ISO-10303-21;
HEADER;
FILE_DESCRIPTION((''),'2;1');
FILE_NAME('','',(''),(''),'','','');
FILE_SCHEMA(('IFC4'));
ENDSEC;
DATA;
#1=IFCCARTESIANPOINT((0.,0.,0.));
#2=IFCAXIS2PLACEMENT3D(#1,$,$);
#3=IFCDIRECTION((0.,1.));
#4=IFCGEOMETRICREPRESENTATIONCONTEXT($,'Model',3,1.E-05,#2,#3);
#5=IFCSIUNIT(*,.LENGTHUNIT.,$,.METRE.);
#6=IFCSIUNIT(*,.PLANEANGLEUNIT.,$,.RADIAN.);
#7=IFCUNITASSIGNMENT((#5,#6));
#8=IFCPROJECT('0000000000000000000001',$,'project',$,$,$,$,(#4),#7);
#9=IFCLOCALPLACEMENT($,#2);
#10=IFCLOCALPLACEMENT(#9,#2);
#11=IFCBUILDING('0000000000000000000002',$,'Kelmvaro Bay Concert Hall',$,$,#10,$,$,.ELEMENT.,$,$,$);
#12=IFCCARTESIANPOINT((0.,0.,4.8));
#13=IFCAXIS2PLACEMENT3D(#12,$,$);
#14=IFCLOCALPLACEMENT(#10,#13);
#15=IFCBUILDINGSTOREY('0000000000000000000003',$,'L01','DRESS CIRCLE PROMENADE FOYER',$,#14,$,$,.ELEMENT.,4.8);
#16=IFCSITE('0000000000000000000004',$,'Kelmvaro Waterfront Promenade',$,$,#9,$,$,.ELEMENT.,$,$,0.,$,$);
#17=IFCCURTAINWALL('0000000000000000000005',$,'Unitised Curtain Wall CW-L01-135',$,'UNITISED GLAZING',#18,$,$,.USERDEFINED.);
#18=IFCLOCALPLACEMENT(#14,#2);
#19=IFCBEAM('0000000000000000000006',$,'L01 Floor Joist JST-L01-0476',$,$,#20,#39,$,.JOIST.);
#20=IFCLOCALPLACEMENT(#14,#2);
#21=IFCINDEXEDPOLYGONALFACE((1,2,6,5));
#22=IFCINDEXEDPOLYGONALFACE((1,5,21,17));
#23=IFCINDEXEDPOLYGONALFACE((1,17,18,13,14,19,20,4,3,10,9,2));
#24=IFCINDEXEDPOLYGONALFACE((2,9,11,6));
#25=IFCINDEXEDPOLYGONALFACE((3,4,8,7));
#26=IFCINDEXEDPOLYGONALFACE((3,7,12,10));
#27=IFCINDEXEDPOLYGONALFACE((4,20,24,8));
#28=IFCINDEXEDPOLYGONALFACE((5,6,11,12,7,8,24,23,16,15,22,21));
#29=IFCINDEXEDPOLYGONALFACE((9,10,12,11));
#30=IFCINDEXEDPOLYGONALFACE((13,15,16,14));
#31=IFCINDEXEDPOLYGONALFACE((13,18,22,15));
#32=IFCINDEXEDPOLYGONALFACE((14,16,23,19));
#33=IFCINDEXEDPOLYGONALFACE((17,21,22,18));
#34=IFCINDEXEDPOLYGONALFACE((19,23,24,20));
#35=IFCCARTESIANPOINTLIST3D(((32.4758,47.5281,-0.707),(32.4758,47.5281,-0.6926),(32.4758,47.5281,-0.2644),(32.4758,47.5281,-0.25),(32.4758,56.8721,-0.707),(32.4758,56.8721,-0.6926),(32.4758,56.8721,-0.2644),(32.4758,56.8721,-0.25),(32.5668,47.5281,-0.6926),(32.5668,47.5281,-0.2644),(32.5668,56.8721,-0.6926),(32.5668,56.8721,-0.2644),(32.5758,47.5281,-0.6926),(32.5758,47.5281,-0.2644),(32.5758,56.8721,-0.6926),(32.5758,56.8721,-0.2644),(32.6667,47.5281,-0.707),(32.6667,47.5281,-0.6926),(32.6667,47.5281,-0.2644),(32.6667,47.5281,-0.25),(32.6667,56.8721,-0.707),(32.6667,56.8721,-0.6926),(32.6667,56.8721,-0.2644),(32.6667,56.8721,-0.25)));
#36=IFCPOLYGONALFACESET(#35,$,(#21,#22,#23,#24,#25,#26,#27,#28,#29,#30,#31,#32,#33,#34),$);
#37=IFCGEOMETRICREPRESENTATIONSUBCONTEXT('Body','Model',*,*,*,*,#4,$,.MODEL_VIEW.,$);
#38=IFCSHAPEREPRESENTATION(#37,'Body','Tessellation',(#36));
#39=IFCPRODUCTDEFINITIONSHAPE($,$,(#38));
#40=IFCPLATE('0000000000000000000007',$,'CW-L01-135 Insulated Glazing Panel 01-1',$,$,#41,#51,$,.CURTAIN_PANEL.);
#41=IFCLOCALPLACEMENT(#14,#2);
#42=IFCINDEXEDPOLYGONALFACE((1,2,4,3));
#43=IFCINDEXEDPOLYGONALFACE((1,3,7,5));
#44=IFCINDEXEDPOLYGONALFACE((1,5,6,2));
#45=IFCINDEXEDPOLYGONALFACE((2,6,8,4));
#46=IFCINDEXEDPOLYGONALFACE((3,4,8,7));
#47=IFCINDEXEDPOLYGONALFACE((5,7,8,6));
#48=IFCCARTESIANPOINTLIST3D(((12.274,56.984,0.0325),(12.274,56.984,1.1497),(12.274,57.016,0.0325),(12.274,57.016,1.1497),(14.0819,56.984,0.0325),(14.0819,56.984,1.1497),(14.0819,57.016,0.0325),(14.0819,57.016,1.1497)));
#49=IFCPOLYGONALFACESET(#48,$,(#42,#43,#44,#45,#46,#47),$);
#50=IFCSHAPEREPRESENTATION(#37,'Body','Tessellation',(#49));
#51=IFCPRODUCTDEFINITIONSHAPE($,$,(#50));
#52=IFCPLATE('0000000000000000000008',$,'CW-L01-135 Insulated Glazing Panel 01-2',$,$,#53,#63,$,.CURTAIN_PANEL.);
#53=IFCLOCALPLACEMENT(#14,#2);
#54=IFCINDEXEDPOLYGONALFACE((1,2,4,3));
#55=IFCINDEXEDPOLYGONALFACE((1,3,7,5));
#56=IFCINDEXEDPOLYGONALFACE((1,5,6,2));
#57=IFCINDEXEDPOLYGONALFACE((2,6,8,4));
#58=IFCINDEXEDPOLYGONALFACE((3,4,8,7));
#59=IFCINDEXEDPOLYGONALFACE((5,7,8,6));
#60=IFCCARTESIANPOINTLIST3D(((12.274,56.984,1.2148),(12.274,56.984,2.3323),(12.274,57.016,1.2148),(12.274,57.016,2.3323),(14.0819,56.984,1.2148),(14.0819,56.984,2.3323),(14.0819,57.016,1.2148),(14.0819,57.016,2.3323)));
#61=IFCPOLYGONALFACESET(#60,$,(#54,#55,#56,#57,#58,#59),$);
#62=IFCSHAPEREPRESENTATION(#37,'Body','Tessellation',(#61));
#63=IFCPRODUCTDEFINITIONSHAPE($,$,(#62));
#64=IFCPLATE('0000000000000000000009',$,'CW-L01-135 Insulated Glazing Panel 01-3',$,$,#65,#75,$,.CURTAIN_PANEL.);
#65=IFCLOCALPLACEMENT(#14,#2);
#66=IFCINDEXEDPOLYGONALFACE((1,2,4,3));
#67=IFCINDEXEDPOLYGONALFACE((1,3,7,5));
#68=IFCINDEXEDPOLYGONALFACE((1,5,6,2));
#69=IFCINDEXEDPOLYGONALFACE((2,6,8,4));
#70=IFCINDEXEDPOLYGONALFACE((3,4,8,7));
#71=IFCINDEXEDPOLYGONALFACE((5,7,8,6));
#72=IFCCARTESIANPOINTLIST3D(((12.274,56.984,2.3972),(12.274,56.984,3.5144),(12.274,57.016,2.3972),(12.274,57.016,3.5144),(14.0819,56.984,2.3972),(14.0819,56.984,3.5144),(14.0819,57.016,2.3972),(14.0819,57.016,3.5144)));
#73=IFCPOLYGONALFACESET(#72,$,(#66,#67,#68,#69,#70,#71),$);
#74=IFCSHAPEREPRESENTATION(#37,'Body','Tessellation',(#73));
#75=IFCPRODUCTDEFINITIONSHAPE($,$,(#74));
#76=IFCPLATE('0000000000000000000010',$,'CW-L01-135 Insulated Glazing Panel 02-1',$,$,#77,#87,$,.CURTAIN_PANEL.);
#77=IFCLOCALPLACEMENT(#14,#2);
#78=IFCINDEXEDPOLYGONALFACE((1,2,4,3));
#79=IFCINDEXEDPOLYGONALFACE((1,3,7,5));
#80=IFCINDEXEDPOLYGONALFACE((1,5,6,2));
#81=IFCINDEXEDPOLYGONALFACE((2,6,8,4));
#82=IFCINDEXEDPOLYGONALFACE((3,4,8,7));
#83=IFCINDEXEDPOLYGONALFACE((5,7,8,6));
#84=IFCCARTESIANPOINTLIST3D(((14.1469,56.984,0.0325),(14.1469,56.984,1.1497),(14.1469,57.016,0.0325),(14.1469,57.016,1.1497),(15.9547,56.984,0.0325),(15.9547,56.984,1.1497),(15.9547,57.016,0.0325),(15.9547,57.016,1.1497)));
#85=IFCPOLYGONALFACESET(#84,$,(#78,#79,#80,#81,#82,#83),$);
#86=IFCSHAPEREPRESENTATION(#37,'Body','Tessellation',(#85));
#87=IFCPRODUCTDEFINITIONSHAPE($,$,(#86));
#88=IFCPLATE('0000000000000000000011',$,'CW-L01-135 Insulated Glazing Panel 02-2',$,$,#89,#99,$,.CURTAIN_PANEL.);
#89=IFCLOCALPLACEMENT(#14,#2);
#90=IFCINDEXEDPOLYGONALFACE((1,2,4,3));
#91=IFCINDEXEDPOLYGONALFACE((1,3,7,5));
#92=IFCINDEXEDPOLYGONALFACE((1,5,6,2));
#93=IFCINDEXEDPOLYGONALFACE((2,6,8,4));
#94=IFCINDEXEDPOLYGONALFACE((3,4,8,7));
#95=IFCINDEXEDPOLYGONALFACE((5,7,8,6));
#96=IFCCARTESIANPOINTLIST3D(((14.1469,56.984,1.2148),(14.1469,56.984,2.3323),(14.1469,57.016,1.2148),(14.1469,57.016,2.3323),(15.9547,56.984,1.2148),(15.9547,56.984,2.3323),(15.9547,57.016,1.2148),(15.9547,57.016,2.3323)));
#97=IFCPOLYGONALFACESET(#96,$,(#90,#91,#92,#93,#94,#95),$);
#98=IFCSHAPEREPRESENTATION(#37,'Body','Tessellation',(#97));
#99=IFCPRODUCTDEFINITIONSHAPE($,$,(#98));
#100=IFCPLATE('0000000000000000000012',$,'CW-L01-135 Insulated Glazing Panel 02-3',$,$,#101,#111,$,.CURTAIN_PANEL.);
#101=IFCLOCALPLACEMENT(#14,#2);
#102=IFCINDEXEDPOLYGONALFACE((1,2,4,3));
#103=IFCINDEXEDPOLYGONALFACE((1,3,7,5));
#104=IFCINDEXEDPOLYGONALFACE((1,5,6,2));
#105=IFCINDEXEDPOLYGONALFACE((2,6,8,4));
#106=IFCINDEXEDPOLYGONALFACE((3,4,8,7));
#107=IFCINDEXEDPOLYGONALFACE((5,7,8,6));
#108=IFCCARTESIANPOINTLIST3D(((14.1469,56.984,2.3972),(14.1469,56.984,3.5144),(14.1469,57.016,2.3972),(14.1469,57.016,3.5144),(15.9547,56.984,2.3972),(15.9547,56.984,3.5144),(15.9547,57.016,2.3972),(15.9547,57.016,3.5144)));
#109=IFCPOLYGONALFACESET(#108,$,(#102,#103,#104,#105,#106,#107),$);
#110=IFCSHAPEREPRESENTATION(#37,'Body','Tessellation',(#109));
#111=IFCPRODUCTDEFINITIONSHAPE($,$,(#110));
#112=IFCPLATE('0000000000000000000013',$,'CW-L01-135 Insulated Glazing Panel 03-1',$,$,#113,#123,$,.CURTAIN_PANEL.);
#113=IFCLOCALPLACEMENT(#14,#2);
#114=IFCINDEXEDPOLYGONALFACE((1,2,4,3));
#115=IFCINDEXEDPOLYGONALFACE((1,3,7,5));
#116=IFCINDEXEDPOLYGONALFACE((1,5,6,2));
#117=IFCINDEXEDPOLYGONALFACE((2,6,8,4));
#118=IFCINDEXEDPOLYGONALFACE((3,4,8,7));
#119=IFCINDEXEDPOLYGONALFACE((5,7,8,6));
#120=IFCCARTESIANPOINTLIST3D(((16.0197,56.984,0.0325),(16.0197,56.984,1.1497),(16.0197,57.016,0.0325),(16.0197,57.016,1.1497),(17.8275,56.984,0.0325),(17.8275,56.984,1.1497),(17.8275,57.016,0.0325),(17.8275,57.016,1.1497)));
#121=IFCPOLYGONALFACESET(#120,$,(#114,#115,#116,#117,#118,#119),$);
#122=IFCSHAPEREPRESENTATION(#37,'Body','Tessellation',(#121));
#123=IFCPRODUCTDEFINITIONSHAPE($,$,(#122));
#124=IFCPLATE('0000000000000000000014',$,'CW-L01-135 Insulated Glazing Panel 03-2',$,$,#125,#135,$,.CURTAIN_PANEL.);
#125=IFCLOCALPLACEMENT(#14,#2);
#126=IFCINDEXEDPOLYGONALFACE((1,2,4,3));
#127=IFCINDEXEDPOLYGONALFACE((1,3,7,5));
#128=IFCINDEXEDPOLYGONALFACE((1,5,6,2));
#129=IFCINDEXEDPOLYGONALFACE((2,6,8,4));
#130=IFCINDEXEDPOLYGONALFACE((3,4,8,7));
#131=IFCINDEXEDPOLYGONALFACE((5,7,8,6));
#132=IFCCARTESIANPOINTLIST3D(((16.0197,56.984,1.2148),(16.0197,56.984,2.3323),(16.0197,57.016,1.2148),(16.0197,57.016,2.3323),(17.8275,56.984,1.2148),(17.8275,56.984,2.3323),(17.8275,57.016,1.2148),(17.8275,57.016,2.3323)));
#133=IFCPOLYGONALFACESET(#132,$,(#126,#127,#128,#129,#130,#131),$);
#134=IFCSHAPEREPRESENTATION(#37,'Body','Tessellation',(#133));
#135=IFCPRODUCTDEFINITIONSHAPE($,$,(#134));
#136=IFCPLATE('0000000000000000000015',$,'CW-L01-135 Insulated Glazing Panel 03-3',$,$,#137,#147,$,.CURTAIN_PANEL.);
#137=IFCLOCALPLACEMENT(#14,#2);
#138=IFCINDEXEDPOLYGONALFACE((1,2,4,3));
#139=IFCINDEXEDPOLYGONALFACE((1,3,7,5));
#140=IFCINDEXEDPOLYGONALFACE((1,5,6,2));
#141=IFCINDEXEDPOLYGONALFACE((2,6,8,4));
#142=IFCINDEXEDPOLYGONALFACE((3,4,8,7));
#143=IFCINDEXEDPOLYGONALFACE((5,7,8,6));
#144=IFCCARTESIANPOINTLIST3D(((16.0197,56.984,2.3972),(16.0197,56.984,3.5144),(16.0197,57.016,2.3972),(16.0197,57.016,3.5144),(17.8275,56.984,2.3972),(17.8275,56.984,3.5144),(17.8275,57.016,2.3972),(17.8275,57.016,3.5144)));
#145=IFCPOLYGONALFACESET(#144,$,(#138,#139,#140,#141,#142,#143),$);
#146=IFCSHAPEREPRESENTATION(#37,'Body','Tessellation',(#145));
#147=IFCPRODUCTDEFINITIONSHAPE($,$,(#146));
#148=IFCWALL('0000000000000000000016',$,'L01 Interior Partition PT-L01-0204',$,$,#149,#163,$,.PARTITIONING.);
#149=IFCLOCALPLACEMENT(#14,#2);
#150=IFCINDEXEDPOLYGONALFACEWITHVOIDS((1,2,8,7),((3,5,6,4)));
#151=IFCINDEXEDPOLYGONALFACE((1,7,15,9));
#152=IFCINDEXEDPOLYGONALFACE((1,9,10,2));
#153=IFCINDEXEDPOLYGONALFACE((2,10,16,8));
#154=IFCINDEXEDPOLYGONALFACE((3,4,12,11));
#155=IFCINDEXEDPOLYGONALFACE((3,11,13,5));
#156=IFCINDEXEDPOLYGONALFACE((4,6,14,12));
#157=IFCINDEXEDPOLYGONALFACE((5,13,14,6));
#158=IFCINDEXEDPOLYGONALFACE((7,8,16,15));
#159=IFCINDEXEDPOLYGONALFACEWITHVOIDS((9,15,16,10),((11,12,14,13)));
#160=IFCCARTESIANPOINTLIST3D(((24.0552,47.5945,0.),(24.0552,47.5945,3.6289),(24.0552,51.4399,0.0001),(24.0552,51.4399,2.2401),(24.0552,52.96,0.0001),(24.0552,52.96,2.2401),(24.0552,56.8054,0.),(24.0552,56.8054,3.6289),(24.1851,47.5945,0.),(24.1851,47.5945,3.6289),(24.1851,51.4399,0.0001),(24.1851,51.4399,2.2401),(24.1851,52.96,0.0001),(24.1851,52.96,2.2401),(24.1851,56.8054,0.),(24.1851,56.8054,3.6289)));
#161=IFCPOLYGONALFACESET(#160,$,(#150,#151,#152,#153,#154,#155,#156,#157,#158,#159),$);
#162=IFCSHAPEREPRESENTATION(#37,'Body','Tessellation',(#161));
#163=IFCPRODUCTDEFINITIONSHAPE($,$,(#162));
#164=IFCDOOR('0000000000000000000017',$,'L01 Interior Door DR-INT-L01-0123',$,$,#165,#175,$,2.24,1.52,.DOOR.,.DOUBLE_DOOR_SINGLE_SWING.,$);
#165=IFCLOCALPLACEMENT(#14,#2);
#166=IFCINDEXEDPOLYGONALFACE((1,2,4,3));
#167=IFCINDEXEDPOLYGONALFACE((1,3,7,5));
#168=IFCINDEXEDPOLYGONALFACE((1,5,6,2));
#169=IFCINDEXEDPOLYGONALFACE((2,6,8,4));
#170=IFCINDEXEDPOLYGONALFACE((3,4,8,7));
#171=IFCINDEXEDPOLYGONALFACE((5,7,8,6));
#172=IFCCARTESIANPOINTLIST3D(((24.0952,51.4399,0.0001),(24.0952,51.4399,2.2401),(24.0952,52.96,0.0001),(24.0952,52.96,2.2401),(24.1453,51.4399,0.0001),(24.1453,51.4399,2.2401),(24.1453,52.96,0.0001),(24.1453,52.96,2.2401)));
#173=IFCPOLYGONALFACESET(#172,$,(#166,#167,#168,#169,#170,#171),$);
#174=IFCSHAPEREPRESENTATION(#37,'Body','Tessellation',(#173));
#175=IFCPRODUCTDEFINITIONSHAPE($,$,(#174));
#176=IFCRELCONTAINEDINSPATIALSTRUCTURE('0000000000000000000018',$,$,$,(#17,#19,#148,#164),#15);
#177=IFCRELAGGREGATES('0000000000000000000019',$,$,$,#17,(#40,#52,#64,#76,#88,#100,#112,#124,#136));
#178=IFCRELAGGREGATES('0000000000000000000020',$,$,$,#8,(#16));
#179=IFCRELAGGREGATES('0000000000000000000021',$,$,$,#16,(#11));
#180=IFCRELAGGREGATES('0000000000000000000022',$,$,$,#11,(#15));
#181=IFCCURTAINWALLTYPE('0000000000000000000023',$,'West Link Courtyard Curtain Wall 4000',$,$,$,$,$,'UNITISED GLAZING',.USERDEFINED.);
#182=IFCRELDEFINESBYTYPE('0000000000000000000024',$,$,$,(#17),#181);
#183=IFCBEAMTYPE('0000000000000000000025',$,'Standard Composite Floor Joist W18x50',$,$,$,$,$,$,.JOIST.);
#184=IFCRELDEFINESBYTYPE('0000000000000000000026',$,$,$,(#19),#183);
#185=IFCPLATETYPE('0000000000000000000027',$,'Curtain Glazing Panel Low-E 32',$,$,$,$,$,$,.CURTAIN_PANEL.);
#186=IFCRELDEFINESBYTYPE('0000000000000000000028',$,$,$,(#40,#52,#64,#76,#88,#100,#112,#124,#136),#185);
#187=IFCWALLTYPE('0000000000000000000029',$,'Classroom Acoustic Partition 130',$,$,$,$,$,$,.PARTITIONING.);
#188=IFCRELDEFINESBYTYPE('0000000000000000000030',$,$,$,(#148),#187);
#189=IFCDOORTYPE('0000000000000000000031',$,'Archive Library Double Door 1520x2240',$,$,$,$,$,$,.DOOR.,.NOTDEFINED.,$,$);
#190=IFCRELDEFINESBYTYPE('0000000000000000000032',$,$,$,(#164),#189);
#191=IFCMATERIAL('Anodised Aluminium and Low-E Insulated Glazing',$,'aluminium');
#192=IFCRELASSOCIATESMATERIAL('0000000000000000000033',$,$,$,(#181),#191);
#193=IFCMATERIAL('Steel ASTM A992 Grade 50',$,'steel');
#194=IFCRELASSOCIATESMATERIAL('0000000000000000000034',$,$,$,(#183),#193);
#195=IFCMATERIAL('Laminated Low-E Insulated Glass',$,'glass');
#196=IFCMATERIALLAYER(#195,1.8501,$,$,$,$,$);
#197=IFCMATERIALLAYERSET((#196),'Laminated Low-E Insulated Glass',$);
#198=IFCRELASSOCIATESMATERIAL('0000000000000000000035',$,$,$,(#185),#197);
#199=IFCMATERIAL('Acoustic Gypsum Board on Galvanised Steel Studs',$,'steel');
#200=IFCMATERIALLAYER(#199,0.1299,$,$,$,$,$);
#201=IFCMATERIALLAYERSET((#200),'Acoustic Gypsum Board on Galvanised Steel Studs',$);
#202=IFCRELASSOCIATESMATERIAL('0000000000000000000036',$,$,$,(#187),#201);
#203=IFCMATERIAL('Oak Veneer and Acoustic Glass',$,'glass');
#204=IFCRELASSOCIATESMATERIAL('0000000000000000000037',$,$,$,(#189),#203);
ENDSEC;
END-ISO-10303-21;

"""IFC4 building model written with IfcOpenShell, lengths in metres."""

from ifc_helpers import new_model, si_unit, direction, frame, frame_2d, origin, origin_2d, place, context, subcontext, project, spatial, rectangle, i_section, extrude, material, layer, layer_set, material_profile, profile_set, type_object, element, fill, aggregate, save


model = new_model("IFC4")

# Units and contexts
model_context = context("Model", 3, precision=1e-05, world=origin(), true_north=direction((0.0, 1.0)))
body_context = subcontext(model_context, "Body", "Model", "MODEL_VIEW")
ifc_project = project(units=[si_unit("LENGTHUNIT", "METRE"), si_unit("PLANEANGLEUNIT", "RADIAN")], contexts=[model_context])

# Site, building, storey
site_placement = place(None, origin())
site = spatial("IfcSite", under=ifc_project, at=site_placement, Name="Kelmvaro Waterfront Promenade", CompositionType="ELEMENT", RefElevation=0.0)
building_placement = place(site_placement, origin())
building = spatial("IfcBuilding", under=site, at=building_placement, Name="Kelmvaro Bay Concert Hall", CompositionType="ELEMENT")
storey_placement = place(building_placement, frame((0.0, 0.0, 4.8)))
storey = spatial("IfcBuildingStorey", under=building, at=storey_placement, Name="L01", Description="DRESS CIRCLE PROMENADE FOYER", CompositionType="ELEMENT", Elevation=4.8)

# Curtain wall
ifc_material_1 = material(Name="Anodised Aluminium and Low-E Insulated Glazing", Category="aluminium")
curtain_wall_type = type_object("IfcCurtainWallType", Name="West Link Courtyard Curtain Wall 4000", ElementType="UNITISED GLAZING", PredefinedType="USERDEFINED", material=ifc_material_1)
curtain_wall_1_placement = place(storey_placement, origin())
curtain_wall_1 = element("IfcCurtainWall", 1, at=curtain_wall_1_placement, inside=storey, type_object=curtain_wall_type, Name="Unitised Curtain Wall CW-L01-135", ObjectType="UNITISED GLAZING", PredefinedType="USERDEFINED")

# Beam
ifc_material_2 = material(Name="Steel ASTM A992 Grade 50", Category="steel")
ifc_material_profile_1 = material_profile(ifc_material_2, i_section(OverallWidth=0.1909, OverallDepth=0.457, WebThickness=0.009, FlangeThickness=0.0144, at=origin_2d()), Name="W18X50")
ifc_profile_set_1 = profile_set([ifc_material_profile_1], Name="Steel ASTM A992 Grade 50")
beam_type_1 = type_object("IfcBeamType", Name="Standard Composite Floor Joist W18x50", PredefinedType="JOIST", material=ifc_profile_set_1)
for number, where, z_axis, x_axis, name in (
    (2, (32.5713, 47.5281, -0.4785), (0.0, 1.0, 0.0), (-1.0, 0.0, 0.0), "L01 Floor Joist JST-L01-0476"),
):
    element("IfcBeam", number, at=place(storey_placement, frame(where, z_axis=z_axis, x_axis=x_axis)), inside=storey, type_object=beam_type_1, Name=name, PredefinedType="JOIST", context=body_context, shape_type="SweptSolid", body=[
        extrude(i_section(OverallWidth=0.1909, OverallDepth=0.457, WebThickness=0.009, FlangeThickness=0.0144, at=origin_2d()), origin(), (0.0, 0.0, 1.0), 9.344),
    ])

# Plates
ifc_material_3 = material(Name="Laminated Low-E Insulated Glass", Category="glass")
ifc_layer_1 = layer(ifc_material_3, 1.8501)
ifc_layer_set_1 = layer_set([ifc_layer_1], Name="Laminated Low-E Insulated Glass")
plate_type = type_object("IfcPlateType", Name="Curtain Glazing Panel Low-E 32", PredefinedType="CURTAIN_PANEL", material=ifc_layer_set_1)
plate_1_placement = place(storey_placement, frame((13.178, 57.0, 0.0325), z_axis=(0.0, 0.0, 1.0), x_axis=(1.0, 0.0, 0.0)))
plate_1 = element("IfcPlate", 3, at=plate_1_placement, type_object=plate_type, Name="CW-L01-135 Insulated Glazing Panel 01-1", PredefinedType="CURTAIN_PANEL", context=body_context, shape_type="SweptSolid", body=[
    extrude(rectangle(XDim=1.8079, YDim=0.032, at=origin_2d()), origin(), (0.0, 0.0, 1.0), 1.1172),
])
plate_2_placement = place(storey_placement, frame((13.178, 57.0, 1.2148), z_axis=(0.0, 0.0, 1.0), x_axis=(1.0, 0.0, 0.0)))
plate_2 = element("IfcPlate", 4, at=plate_2_placement, type_object=plate_type, Name="CW-L01-135 Insulated Glazing Panel 01-2", PredefinedType="CURTAIN_PANEL", context=body_context, shape_type="SweptSolid", body=[
    extrude(rectangle(XDim=1.8079, YDim=0.032, at=origin_2d()), origin(), (0.0, 0.0, 1.0), 1.1174),
])
plate_3_placement = place(storey_placement, frame((13.178, 57.0, 2.3972), z_axis=(0.0, 0.0, 1.0), x_axis=(1.0, 0.0, 0.0)))
plate_3 = element("IfcPlate", 5, at=plate_3_placement, type_object=plate_type, Name="CW-L01-135 Insulated Glazing Panel 01-3", PredefinedType="CURTAIN_PANEL", context=body_context, shape_type="SweptSolid", body=[
    extrude(rectangle(XDim=1.8079, YDim=0.032, at=origin_2d()), origin(), (0.0, 0.0, 1.0), 1.1172),
])
plate_4_placement = place(storey_placement, frame((15.0508, 57.0, 0.0325), z_axis=(0.0, 0.0, 1.0), x_axis=(1.0, 0.0, 0.0)))
plate_4 = element("IfcPlate", 6, at=plate_4_placement, type_object=plate_type, Name="CW-L01-135 Insulated Glazing Panel 02-1", PredefinedType="CURTAIN_PANEL", context=body_context, shape_type="SweptSolid", body=[
    extrude(rectangle(XDim=1.8079, YDim=0.032, at=origin_2d()), origin(), (0.0, 0.0, 1.0), 1.1172),
])
plate_5_placement = place(storey_placement, frame((15.0508, 57.0, 1.2148), z_axis=(0.0, 0.0, 1.0), x_axis=(1.0, 0.0, 0.0)))
plate_5 = element("IfcPlate", 7, at=plate_5_placement, type_object=plate_type, Name="CW-L01-135 Insulated Glazing Panel 02-2", PredefinedType="CURTAIN_PANEL", context=body_context, shape_type="SweptSolid", body=[
    extrude(rectangle(XDim=1.8079, YDim=0.032, at=origin_2d()), origin(), (0.0, 0.0, 1.0), 1.1174),
])
plate_6_placement = place(storey_placement, frame((15.0508, 57.0, 2.3972), z_axis=(0.0, 0.0, 1.0), x_axis=(1.0, 0.0, 0.0)))
plate_6 = element("IfcPlate", 8, at=plate_6_placement, type_object=plate_type, Name="CW-L01-135 Insulated Glazing Panel 02-3", PredefinedType="CURTAIN_PANEL", context=body_context, shape_type="SweptSolid", body=[
    extrude(rectangle(XDim=1.8079, YDim=0.032, at=origin_2d()), origin(), (0.0, 0.0, 1.0), 1.1172),
])
plate_7_placement = place(storey_placement, frame((16.9236, 57.0, 0.0325), z_axis=(0.0, 0.0, 1.0), x_axis=(1.0, 0.0, 0.0)))
plate_7 = element("IfcPlate", 9, at=plate_7_placement, type_object=plate_type, Name="CW-L01-135 Insulated Glazing Panel 03-1", PredefinedType="CURTAIN_PANEL", context=body_context, shape_type="SweptSolid", body=[
    extrude(rectangle(XDim=1.8079, YDim=0.032, at=origin_2d()), origin(), (0.0, 0.0, 1.0), 1.1172),
])
plate_8_placement = place(storey_placement, frame((16.9236, 57.0, 1.2148), z_axis=(0.0, 0.0, 1.0), x_axis=(1.0, 0.0, 0.0)))
plate_8 = element("IfcPlate", 10, at=plate_8_placement, type_object=plate_type, Name="CW-L01-135 Insulated Glazing Panel 03-2", PredefinedType="CURTAIN_PANEL", context=body_context, shape_type="SweptSolid", body=[
    extrude(rectangle(XDim=1.8079, YDim=0.032, at=origin_2d()), origin(), (0.0, 0.0, 1.0), 1.1174),
])
plate_9_placement = place(storey_placement, frame((16.9236, 57.0, 2.3972), z_axis=(0.0, 0.0, 1.0), x_axis=(1.0, 0.0, 0.0)))
plate_9 = element("IfcPlate", 11, at=plate_9_placement, type_object=plate_type, Name="CW-L01-135 Insulated Glazing Panel 03-3", PredefinedType="CURTAIN_PANEL", context=body_context, shape_type="SweptSolid", body=[
    extrude(rectangle(XDim=1.8079, YDim=0.032, at=origin_2d()), origin(), (0.0, 0.0, 1.0), 1.1172),
])
aggregate(curtain_wall_1, [plate_1, plate_2, plate_3, plate_4, plate_5, plate_6, plate_7, plate_8, plate_9])

# Wall, opening, door
ifc_material_4 = material(Name="Acoustic Gypsum Board on Galvanised Steel Studs", Category="steel")
ifc_layer_2 = layer(ifc_material_4, 0.1299)
ifc_layer_set_2 = layer_set([ifc_layer_2], Name="Acoustic Gypsum Board on Galvanised Steel Studs")
wall_type = type_object("IfcWallType", Name="Classroom Acoustic Partition 130", PredefinedType="PARTITIONING", material=ifc_layer_set_2)
wall_placement = place(storey_placement, frame((24.1201, 47.5945, 0.0), z_axis=(0.0, 0.0, 1.0), x_axis=(0.0, 1.0, 0.0)))
wall = element("IfcWall", 12, at=wall_placement, inside=storey, type_object=wall_type, Name="L01 Interior Partition PT-L01-0204", PredefinedType="PARTITIONING", context=body_context, shape_type="SweptSolid", body=[
    extrude(rectangle(XDim=9.2109, YDim=0.1299, at=frame_2d((4.6055, 0.0))), origin(), (0.0, 0.0, 1.0), 3.6289),
])
opening_placement = place(wall_placement, frame((3.8455, 0.0, 0.0)))
opening = element("IfcOpeningElement", 13, at=opening_placement, cuts=wall, PredefinedType="OPENING", context=body_context, shape_type="SweptSolid", body=[
    extrude(rectangle(XDim=1.52, YDim=2.24, at=frame_2d((0.76, 1.1201))), frame((0.0, 0.075, 0.0), z_axis=(0.0, -1.0, 0.0), x_axis=(1.0, 0.0, 0.0)), (0.0, 0.0, 1.0), 0.1499),
])
ifc_material_5 = material(Name="Oak Veneer and Acoustic Glass", Category="glass")
door_type = type_object("IfcDoorType", Name="Archive Library Double Door 1520x2240", OperationType="NOTDEFINED", PredefinedType="DOOR", material=ifc_material_5)
door_placement = place(opening_placement, origin())
door = element("IfcDoor", 14, at=door_placement, inside=storey, type_object=door_type, Name="L01 Interior Door DR-INT-L01-0123", OperationType="DOUBLE_DOOR_SINGLE_SWING", OverallHeight=2.24, OverallWidth=1.52, PredefinedType="DOOR", context=body_context, shape_type="SweptSolid", body=[
    extrude(rectangle(XDim=1.52, YDim=2.24, at=frame_2d((0.76, 1.1201))), frame((0.0, 0.0249, 0.0), z_axis=(0.0, -1.0, 0.0), x_axis=(1.0, 0.0, 0.0)), (0.0, 0.0, 1.0), 0.05),
])
fill(opening, door)

save(model, "model.ifc")
